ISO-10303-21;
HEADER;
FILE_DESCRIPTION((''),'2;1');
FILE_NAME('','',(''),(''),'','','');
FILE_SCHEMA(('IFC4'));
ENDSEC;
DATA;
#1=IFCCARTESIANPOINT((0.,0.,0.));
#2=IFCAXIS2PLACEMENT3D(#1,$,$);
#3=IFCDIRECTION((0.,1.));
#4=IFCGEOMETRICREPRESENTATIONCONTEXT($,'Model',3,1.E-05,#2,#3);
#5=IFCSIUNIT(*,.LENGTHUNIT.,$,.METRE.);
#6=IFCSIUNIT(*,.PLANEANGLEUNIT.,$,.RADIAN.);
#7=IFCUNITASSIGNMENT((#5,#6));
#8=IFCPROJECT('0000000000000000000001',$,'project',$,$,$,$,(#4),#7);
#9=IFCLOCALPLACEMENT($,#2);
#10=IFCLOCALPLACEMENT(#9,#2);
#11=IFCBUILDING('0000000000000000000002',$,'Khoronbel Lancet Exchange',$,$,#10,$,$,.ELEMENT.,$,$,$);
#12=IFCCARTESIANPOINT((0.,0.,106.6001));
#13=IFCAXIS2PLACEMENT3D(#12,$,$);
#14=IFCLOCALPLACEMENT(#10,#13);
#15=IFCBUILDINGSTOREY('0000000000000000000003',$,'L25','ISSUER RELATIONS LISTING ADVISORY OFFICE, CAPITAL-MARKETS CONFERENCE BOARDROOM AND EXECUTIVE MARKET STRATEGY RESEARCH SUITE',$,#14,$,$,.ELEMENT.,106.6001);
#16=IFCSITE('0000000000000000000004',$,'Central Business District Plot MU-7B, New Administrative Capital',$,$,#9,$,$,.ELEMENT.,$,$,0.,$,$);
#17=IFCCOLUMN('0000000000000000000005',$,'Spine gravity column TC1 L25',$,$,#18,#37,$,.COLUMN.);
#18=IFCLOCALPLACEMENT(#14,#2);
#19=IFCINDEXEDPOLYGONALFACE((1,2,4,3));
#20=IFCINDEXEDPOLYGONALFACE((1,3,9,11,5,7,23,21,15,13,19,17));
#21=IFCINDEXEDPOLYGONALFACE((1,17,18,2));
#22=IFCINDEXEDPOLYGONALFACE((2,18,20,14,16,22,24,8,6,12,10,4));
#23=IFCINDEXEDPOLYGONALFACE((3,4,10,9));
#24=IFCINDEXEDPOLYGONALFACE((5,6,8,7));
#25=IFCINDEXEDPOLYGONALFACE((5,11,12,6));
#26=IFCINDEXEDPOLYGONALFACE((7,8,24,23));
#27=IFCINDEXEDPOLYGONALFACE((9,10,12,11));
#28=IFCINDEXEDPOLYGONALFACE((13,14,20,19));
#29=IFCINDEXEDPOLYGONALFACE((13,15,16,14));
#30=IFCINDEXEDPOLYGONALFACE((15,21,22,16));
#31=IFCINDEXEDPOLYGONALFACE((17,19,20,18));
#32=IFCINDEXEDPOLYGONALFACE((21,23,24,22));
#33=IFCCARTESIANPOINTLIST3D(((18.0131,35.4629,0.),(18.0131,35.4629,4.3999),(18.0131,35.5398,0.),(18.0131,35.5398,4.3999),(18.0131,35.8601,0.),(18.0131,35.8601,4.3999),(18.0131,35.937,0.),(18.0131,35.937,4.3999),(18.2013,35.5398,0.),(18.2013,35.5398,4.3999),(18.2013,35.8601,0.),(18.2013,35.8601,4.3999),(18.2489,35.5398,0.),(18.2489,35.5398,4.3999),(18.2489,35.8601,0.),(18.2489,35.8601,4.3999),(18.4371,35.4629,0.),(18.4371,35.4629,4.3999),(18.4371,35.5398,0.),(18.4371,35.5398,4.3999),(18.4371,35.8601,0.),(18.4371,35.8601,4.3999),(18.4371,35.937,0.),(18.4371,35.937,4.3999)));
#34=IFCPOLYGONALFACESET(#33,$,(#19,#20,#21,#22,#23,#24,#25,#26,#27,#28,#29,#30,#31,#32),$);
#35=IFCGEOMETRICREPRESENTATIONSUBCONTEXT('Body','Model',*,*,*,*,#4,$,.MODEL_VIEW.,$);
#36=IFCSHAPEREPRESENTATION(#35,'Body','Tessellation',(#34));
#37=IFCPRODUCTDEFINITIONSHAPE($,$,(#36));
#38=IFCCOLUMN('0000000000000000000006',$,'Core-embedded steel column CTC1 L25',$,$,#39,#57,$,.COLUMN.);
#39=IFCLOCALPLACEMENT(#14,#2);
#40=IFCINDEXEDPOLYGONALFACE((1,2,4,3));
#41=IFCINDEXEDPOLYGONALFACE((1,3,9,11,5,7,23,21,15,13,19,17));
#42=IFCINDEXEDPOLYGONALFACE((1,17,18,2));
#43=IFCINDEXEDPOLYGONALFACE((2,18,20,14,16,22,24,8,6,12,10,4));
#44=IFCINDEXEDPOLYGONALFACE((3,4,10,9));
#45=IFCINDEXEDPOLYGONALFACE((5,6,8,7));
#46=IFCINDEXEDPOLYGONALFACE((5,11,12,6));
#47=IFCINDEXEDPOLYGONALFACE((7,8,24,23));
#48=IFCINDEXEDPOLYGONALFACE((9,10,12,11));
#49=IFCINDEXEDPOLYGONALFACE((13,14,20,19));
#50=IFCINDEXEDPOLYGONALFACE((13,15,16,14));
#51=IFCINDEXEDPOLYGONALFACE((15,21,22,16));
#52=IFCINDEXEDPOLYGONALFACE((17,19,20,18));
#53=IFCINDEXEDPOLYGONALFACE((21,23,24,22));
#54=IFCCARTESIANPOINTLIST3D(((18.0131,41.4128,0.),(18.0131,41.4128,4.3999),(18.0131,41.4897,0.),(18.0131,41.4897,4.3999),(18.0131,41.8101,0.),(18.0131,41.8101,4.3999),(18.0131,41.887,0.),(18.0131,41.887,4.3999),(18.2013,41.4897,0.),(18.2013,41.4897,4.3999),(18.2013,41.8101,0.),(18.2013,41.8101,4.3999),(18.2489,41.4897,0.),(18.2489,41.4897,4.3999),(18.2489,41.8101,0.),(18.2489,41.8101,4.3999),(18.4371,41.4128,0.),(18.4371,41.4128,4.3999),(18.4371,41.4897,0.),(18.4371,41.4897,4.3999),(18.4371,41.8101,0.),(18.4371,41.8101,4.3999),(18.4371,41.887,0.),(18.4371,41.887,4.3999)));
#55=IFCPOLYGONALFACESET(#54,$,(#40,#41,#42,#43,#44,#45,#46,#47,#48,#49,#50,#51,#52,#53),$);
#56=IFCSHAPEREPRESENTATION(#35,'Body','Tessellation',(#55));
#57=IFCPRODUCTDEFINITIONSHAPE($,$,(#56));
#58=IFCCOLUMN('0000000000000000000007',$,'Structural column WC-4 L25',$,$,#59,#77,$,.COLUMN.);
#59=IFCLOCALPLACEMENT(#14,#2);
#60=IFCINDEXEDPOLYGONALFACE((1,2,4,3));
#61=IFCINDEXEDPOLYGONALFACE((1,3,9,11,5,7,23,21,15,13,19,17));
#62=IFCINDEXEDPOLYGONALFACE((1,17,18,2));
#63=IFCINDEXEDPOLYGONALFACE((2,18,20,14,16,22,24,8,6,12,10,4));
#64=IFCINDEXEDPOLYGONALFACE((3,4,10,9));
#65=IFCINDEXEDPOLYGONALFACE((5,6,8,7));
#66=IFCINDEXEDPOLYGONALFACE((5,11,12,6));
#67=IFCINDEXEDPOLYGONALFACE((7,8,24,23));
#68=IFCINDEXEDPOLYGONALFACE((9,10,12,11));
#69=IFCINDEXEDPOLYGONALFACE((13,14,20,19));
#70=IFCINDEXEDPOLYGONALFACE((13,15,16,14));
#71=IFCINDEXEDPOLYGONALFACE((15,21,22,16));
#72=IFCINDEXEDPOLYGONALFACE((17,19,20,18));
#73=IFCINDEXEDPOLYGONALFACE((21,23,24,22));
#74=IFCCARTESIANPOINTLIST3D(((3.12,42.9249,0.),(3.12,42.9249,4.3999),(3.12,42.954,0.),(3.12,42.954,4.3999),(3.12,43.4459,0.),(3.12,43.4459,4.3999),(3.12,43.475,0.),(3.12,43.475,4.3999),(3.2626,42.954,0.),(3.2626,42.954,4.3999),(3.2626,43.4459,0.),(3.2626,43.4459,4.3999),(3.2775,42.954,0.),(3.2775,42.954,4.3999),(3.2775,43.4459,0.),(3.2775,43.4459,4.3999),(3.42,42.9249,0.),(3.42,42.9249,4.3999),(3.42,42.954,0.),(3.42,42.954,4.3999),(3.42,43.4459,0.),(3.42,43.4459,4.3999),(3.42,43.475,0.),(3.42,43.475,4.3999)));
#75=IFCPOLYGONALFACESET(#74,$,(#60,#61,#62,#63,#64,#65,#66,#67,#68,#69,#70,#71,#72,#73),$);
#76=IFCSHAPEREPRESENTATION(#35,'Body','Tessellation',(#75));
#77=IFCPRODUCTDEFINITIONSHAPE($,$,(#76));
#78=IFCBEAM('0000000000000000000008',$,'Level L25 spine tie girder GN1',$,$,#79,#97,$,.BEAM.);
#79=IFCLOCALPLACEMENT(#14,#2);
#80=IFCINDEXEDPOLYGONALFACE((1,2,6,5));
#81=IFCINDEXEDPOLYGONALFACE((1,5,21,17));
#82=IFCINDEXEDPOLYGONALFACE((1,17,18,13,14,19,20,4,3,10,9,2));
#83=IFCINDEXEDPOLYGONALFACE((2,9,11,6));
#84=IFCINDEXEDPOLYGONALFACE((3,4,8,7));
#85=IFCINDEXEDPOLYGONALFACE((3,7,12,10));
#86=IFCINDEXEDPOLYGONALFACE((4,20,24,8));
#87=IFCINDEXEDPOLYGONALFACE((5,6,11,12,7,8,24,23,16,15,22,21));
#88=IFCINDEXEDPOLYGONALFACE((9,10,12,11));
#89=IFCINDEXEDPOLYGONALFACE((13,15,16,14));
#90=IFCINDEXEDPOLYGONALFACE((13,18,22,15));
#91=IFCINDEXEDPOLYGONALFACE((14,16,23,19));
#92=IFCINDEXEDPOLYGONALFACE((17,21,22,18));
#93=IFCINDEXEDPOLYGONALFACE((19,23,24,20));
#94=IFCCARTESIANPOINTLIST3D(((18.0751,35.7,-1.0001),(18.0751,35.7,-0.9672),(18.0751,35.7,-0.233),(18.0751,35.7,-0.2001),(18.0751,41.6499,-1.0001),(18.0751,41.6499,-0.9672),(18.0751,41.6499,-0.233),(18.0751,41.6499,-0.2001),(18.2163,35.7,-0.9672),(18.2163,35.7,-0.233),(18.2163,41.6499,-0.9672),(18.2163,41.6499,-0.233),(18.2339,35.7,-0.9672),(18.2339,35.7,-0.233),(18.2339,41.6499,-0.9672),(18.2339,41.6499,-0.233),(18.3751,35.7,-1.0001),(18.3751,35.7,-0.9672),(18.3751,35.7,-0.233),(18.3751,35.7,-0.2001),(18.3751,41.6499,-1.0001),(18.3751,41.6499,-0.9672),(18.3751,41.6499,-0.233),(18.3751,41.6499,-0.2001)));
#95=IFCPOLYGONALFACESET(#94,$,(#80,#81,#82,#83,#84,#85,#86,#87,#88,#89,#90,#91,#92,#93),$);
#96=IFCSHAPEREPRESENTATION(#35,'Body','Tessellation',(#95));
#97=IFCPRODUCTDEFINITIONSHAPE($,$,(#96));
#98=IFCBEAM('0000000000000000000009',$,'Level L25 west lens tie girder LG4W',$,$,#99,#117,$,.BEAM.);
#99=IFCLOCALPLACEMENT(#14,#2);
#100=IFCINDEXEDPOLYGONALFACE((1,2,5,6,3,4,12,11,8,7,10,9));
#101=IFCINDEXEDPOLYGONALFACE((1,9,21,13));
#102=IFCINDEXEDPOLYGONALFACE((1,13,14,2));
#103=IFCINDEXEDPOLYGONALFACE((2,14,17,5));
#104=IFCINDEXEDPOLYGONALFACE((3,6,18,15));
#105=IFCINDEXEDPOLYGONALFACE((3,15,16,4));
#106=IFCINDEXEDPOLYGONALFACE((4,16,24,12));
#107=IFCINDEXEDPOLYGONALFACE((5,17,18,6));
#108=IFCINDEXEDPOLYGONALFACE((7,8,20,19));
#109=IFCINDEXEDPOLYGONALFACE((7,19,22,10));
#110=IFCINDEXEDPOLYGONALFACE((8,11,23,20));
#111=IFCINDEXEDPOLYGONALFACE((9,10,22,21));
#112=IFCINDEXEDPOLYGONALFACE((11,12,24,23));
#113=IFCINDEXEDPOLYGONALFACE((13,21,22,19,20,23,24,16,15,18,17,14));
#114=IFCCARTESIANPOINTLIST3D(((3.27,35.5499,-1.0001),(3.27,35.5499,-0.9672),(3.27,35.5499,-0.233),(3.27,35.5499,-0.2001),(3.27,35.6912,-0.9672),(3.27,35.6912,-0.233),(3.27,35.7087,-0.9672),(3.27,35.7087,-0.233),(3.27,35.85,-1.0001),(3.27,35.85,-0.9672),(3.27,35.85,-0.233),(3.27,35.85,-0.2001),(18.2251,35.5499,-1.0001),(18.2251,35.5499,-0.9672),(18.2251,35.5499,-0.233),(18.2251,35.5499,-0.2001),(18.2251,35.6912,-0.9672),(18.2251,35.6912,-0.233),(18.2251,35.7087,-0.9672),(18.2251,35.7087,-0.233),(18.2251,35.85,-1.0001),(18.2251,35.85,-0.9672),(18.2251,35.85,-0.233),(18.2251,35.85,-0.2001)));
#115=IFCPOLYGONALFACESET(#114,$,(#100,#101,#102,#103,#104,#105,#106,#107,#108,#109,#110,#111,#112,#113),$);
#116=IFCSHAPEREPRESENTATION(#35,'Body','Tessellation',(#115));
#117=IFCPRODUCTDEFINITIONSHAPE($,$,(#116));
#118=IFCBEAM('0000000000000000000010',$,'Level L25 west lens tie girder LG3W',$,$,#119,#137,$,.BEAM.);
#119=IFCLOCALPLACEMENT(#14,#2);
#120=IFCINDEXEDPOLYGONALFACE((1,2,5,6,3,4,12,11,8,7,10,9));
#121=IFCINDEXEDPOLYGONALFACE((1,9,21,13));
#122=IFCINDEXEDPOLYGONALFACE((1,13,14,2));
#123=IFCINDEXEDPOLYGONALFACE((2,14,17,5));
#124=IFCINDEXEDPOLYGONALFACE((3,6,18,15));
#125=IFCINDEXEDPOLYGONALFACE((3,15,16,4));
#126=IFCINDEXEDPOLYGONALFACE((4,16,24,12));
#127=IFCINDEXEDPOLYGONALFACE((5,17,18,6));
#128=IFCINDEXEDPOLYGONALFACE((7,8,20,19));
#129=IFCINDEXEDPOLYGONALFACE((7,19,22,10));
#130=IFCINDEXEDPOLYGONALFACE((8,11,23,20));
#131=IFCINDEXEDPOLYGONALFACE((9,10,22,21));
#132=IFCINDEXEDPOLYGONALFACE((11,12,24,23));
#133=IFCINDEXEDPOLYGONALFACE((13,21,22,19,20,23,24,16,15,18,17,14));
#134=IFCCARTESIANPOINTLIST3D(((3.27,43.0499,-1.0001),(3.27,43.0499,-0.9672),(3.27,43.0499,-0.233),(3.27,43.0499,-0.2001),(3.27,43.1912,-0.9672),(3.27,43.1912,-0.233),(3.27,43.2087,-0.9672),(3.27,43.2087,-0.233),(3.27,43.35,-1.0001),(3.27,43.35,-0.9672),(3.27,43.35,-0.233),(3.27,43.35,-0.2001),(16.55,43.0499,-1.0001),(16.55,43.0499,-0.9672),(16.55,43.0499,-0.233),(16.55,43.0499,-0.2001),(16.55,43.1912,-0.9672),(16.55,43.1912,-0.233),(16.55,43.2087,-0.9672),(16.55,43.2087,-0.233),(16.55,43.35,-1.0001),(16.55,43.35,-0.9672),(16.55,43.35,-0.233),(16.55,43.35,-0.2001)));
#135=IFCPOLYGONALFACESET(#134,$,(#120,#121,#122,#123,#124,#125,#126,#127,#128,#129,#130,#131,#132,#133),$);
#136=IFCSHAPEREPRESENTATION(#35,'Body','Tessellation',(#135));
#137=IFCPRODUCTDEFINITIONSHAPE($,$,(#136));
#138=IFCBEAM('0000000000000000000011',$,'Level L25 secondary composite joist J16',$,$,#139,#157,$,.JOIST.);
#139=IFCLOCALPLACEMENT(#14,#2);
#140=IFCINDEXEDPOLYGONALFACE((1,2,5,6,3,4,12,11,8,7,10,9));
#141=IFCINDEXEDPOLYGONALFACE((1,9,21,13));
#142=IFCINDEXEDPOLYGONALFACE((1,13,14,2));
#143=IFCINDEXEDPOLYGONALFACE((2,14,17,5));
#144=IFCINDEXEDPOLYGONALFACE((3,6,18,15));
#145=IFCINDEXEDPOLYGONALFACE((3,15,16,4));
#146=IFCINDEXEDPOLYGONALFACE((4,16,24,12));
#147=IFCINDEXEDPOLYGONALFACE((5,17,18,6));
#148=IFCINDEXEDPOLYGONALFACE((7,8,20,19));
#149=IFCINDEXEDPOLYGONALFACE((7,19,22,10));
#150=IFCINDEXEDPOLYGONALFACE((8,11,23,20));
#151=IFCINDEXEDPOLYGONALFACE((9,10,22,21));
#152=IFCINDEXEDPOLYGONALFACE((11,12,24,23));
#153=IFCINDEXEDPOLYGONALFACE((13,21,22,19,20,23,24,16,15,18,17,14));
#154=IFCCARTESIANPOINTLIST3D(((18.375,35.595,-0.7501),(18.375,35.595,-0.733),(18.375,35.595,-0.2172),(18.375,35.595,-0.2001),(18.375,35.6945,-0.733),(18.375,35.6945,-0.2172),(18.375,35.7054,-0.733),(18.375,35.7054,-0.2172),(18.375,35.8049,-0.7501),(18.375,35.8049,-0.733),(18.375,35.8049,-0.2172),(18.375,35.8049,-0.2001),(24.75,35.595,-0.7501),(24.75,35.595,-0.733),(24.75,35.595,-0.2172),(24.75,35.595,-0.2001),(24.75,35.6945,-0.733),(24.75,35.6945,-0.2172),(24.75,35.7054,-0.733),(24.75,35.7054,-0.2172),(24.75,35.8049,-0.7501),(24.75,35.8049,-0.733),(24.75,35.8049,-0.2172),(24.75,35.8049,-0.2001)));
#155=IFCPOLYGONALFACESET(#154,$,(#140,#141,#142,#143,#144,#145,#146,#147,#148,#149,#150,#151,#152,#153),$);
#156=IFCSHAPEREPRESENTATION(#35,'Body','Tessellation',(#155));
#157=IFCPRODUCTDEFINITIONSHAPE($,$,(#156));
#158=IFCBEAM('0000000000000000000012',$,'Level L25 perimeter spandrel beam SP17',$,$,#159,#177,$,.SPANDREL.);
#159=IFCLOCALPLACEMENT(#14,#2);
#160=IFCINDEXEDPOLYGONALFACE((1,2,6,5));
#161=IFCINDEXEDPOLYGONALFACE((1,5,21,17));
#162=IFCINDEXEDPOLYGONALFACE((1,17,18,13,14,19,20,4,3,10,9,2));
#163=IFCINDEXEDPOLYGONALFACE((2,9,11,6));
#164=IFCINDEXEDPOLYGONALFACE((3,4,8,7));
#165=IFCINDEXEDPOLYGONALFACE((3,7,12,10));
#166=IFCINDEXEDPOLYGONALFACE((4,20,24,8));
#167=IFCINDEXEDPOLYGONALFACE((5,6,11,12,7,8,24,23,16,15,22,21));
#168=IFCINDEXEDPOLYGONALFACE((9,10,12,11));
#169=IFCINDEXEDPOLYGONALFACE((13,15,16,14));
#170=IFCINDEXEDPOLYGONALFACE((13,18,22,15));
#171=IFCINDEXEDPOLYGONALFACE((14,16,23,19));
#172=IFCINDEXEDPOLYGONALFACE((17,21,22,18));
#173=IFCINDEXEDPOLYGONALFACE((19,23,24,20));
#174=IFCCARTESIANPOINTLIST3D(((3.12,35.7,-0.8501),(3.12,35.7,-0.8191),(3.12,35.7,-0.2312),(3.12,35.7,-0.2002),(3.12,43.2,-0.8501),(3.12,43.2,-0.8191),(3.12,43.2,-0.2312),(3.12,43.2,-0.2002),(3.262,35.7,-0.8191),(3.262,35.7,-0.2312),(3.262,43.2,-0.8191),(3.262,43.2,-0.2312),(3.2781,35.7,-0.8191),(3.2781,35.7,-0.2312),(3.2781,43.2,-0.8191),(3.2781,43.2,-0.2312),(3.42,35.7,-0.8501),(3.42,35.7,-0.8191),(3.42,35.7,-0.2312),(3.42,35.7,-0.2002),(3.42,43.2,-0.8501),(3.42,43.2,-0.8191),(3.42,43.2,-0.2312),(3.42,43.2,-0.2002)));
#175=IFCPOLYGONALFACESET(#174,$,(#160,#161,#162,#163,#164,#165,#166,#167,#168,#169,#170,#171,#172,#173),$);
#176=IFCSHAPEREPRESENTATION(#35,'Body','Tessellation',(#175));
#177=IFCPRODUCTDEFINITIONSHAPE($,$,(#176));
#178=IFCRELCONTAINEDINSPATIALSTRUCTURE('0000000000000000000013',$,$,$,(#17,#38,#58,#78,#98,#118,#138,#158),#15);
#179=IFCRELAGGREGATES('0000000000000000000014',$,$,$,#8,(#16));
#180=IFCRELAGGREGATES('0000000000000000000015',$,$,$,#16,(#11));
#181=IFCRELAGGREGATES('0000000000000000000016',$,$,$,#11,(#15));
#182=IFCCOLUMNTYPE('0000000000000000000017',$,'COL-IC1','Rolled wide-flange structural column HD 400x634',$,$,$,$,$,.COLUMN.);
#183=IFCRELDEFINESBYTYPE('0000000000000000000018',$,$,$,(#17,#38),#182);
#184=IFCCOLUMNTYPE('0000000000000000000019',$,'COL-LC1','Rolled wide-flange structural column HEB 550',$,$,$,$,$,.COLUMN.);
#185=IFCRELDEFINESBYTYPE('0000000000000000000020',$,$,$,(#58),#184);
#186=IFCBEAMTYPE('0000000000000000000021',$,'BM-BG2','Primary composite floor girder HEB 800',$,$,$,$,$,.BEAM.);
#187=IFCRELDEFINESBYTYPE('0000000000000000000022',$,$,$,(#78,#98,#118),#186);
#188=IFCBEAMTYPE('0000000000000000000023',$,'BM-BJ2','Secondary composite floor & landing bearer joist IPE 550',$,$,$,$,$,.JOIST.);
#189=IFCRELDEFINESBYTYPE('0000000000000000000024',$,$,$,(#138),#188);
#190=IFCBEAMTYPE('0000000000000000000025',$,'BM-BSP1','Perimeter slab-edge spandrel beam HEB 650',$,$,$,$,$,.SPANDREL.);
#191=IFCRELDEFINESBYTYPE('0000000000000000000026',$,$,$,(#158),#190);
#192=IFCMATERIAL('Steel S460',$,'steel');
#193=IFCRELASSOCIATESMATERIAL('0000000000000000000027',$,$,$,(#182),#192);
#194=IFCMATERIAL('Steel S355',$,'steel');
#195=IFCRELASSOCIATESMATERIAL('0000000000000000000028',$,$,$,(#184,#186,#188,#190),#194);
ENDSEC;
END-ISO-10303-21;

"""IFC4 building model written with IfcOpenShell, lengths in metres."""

from ifc_helpers import new_model, si_unit, direction, frame, origin, origin_2d, place, context, subcontext, project, spatial, i_section, extrude, material, material_profile, profile_set, type_object, element, save


model = new_model("IFC4")

# Units and contexts
model_context = context("Model", 3, precision=1e-05, world=origin(), true_north=direction((0.0, 1.0)))
body_context = subcontext(model_context, "Body", "Model", "MODEL_VIEW")
ifc_project = project(units=[si_unit("LENGTHUNIT", "METRE"), si_unit("PLANEANGLEUNIT", "RADIAN")], contexts=[model_context])

# Site, building, storey
site_placement = place(None, origin())
site = spatial("IfcSite", under=ifc_project, at=site_placement, Name="Central Business District Plot MU-7B, New Administrative Capital", CompositionType="ELEMENT", RefElevation=0.0)
building_placement = place(site_placement, origin())
building = spatial("IfcBuilding", under=site, at=building_placement, Name="Khoronbel Lancet Exchange", CompositionType="ELEMENT")
storey_placement = place(building_placement, frame((0.0, 0.0, 106.6001)))
storey = spatial("IfcBuildingStorey", under=building, at=storey_placement, Name="L25", Description="ISSUER RELATIONS LISTING ADVISORY OFFICE, CAPITAL-MARKETS CONFERENCE BOARDROOM AND EXECUTIVE MARKET STRATEGY RESEARCH SUITE", CompositionType="ELEMENT", Elevation=106.6001)

# Columns
ifc_material_1 = material(Name="Steel S460", Category="steel")
ifc_material_profile_1 = material_profile(ifc_material_1, i_section(OverallWidth=0.4241, OverallDepth=0.4741, WebThickness=0.0476, FlangeThickness=0.0769, at=origin_2d()), Name="HD 400x634")
ifc_profile_set_1 = profile_set([ifc_material_profile_1], Name="Steel S460")
column_type_1 = type_object("IfcColumnType", Name="COL-IC1", Description="Rolled wide-flange structural column HD 400x634", PredefinedType="COLUMN", material=ifc_profile_set_1)
for number, where, z_axis, x_axis, name in (
    (1, (18.2251, 35.7, 0.0), (0.0, 0.0, 1.0), (1.0, 0.0, 0.0), "Spine gravity column TC1 L25"),
    (2, (18.2251, 41.6499, 0.0), (0.0, 0.0, 1.0), (1.0, 0.0, 0.0), "Core-embedded steel column CTC1 L25"),
):
    element("IfcColumn", number, at=place(storey_placement, frame(where, z_axis=z_axis, x_axis=x_axis)), inside=storey, type_object=column_type_1, Name=name, PredefinedType="COLUMN", context=body_context, shape_type="SweptSolid", body=[
        extrude(i_section(OverallWidth=0.4241, OverallDepth=0.4741, WebThickness=0.0476, FlangeThickness=0.0769, at=origin_2d()), origin(), (0.0, 0.0, 1.0), 4.3999),
    ])
ifc_material_2 = material(Name="Steel S355", Category="steel")
ifc_material_profile_2 = material_profile(ifc_material_2, i_section(OverallWidth=0.3, OverallDepth=0.55, WebThickness=0.0149, FlangeThickness=0.0291, at=origin_2d()), Name="HEB 550")
ifc_profile_set_2 = profile_set([ifc_material_profile_2], Name="Steel S355")
column_type_2 = type_object("IfcColumnType", Name="COL-LC1", Description="Rolled wide-flange structural column HEB 550", PredefinedType="COLUMN", material=ifc_profile_set_2)
column_placement = place(storey_placement, frame((3.27, 43.2, 0.0), z_axis=(0.0, 0.0, 1.0), x_axis=(1.0, 0.0, 0.0)))
element("IfcColumn", 3, at=column_placement, inside=storey, type_object=column_type_2, Name="Structural column WC-4 L25", PredefinedType="COLUMN", context=body_context, shape_type="SweptSolid", body=[
    extrude(i_section(OverallWidth=0.3, OverallDepth=0.55, WebThickness=0.0149, FlangeThickness=0.0291, at=origin_2d()), origin(), (0.0, 0.0, 1.0), 4.3999),
])

# Beams
ifc_material_profile_3 = material_profile(ifc_material_2, i_section(OverallWidth=0.3, OverallDepth=0.8, WebThickness=0.0176, FlangeThickness=0.033, at=origin_2d()), Name="HEB 800")
ifc_profile_set_3 = profile_set([ifc_material_profile_3], Name="Steel S355")
beam_type_1 = type_object("IfcBeamType", Name="BM-BG2", Description="Primary composite floor girder HEB 800", PredefinedType="BEAM", material=ifc_profile_set_3)
beam_1_placement = place(storey_placement, frame((18.2251, 35.7, -0.6001), z_axis=(0.0, 1.0, 0.0), x_axis=(-1.0, 0.0, 0.0)))
element("IfcBeam", 4, at=beam_1_placement, inside=storey, type_object=beam_type_1, Name="Level L25 spine tie girder GN1", PredefinedType="BEAM", context=body_context, shape_type="SweptSolid", body=[
    extrude(i_section(OverallWidth=0.3, OverallDepth=0.8, WebThickness=0.0176, FlangeThickness=0.033, at=origin_2d()), origin(), (0.0, 0.0, 1.0), 5.95),
])
beam_2_placement = place(storey_placement, frame((3.27, 35.7, -0.6001), z_axis=(1.0, 0.0, 0.0), x_axis=(0.0, 1.0, 0.0)))
element("IfcBeam", 5, at=beam_2_placement, inside=storey, type_object=beam_type_1, Name="Level L25 west lens tie girder LG4W", PredefinedType="BEAM", context=body_context, shape_type="SweptSolid", body=[
    extrude(i_section(OverallWidth=0.3, OverallDepth=0.8, WebThickness=0.0176, FlangeThickness=0.033, at=origin_2d()), origin(), (0.0, 0.0, 1.0), 14.9551),
])
beam_3_placement = place(storey_placement, frame((3.27, 43.2, -0.6001), z_axis=(1.0, 0.0, 0.0), x_axis=(0.0, 1.0, 0.0)))
element("IfcBeam", 6, at=beam_3_placement, inside=storey, type_object=beam_type_1, Name="Level L25 west lens tie girder LG3W", PredefinedType="BEAM", context=body_context, shape_type="SweptSolid", body=[
    extrude(i_section(OverallWidth=0.3, OverallDepth=0.8, WebThickness=0.0176, FlangeThickness=0.033, at=origin_2d()), origin(), (0.0, 0.0, 1.0), 13.28),
])
ifc_material_profile_4 = material_profile(ifc_material_2, i_section(OverallWidth=0.21, OverallDepth=0.55, WebThickness=0.011, FlangeThickness=0.0171, at=origin_2d()), Name="IPE 550")
ifc_profile_set_4 = profile_set([ifc_material_profile_4], Name="Steel S355")
beam_type_2 = type_object("IfcBeamType", Name="BM-BJ2", Description="Secondary composite floor & landing bearer joist IPE 550", PredefinedType="JOIST", material=ifc_profile_set_4)
beam_4_placement = place(storey_placement, frame((18.375, 35.7, -0.4751), z_axis=(1.0, 0.0, 0.0), x_axis=(0.0, 1.0, 0.0)))
element("IfcBeam", 7, at=beam_4_placement, inside=storey, type_object=beam_type_2, Name="Level L25 secondary composite joist J16", PredefinedType="JOIST", context=body_context, shape_type="SweptSolid", body=[
    extrude(i_section(OverallWidth=0.21, OverallDepth=0.55, WebThickness=0.011, FlangeThickness=0.0171, at=origin_2d()), origin(), (0.0, 0.0, 1.0), 6.375),
])
ifc_material_profile_5 = material_profile(ifc_material_2, i_section(OverallWidth=0.3, OverallDepth=0.6499, WebThickness=0.0161, FlangeThickness=0.031, at=origin_2d()), Name="HEB 650")
ifc_profile_set_5 = profile_set([ifc_material_profile_5], Name="Steel S355")
beam_type_3 = type_object("IfcBeamType", Name="BM-BSP1", Description="Perimeter slab-edge spandrel beam HEB 650", PredefinedType="SPANDREL", material=ifc_profile_set_5)
beam_5_placement = place(storey_placement, frame((3.27, 43.2, -0.5251), z_axis=(0.0, -1.0, 0.0), x_axis=(1.0, 0.0, 0.0)))
element("IfcBeam", 8, at=beam_5_placement, inside=storey, type_object=beam_type_3, Name="Level L25 perimeter spandrel beam SP17", PredefinedType="SPANDREL", context=body_context, shape_type="SweptSolid", body=[
    extrude(i_section(OverallWidth=0.3, OverallDepth=0.6499, WebThickness=0.0161, FlangeThickness=0.031, at=origin_2d()), origin(), (0.0, 0.0, 1.0), 7.5),
])

save(model, "model.ifc")
